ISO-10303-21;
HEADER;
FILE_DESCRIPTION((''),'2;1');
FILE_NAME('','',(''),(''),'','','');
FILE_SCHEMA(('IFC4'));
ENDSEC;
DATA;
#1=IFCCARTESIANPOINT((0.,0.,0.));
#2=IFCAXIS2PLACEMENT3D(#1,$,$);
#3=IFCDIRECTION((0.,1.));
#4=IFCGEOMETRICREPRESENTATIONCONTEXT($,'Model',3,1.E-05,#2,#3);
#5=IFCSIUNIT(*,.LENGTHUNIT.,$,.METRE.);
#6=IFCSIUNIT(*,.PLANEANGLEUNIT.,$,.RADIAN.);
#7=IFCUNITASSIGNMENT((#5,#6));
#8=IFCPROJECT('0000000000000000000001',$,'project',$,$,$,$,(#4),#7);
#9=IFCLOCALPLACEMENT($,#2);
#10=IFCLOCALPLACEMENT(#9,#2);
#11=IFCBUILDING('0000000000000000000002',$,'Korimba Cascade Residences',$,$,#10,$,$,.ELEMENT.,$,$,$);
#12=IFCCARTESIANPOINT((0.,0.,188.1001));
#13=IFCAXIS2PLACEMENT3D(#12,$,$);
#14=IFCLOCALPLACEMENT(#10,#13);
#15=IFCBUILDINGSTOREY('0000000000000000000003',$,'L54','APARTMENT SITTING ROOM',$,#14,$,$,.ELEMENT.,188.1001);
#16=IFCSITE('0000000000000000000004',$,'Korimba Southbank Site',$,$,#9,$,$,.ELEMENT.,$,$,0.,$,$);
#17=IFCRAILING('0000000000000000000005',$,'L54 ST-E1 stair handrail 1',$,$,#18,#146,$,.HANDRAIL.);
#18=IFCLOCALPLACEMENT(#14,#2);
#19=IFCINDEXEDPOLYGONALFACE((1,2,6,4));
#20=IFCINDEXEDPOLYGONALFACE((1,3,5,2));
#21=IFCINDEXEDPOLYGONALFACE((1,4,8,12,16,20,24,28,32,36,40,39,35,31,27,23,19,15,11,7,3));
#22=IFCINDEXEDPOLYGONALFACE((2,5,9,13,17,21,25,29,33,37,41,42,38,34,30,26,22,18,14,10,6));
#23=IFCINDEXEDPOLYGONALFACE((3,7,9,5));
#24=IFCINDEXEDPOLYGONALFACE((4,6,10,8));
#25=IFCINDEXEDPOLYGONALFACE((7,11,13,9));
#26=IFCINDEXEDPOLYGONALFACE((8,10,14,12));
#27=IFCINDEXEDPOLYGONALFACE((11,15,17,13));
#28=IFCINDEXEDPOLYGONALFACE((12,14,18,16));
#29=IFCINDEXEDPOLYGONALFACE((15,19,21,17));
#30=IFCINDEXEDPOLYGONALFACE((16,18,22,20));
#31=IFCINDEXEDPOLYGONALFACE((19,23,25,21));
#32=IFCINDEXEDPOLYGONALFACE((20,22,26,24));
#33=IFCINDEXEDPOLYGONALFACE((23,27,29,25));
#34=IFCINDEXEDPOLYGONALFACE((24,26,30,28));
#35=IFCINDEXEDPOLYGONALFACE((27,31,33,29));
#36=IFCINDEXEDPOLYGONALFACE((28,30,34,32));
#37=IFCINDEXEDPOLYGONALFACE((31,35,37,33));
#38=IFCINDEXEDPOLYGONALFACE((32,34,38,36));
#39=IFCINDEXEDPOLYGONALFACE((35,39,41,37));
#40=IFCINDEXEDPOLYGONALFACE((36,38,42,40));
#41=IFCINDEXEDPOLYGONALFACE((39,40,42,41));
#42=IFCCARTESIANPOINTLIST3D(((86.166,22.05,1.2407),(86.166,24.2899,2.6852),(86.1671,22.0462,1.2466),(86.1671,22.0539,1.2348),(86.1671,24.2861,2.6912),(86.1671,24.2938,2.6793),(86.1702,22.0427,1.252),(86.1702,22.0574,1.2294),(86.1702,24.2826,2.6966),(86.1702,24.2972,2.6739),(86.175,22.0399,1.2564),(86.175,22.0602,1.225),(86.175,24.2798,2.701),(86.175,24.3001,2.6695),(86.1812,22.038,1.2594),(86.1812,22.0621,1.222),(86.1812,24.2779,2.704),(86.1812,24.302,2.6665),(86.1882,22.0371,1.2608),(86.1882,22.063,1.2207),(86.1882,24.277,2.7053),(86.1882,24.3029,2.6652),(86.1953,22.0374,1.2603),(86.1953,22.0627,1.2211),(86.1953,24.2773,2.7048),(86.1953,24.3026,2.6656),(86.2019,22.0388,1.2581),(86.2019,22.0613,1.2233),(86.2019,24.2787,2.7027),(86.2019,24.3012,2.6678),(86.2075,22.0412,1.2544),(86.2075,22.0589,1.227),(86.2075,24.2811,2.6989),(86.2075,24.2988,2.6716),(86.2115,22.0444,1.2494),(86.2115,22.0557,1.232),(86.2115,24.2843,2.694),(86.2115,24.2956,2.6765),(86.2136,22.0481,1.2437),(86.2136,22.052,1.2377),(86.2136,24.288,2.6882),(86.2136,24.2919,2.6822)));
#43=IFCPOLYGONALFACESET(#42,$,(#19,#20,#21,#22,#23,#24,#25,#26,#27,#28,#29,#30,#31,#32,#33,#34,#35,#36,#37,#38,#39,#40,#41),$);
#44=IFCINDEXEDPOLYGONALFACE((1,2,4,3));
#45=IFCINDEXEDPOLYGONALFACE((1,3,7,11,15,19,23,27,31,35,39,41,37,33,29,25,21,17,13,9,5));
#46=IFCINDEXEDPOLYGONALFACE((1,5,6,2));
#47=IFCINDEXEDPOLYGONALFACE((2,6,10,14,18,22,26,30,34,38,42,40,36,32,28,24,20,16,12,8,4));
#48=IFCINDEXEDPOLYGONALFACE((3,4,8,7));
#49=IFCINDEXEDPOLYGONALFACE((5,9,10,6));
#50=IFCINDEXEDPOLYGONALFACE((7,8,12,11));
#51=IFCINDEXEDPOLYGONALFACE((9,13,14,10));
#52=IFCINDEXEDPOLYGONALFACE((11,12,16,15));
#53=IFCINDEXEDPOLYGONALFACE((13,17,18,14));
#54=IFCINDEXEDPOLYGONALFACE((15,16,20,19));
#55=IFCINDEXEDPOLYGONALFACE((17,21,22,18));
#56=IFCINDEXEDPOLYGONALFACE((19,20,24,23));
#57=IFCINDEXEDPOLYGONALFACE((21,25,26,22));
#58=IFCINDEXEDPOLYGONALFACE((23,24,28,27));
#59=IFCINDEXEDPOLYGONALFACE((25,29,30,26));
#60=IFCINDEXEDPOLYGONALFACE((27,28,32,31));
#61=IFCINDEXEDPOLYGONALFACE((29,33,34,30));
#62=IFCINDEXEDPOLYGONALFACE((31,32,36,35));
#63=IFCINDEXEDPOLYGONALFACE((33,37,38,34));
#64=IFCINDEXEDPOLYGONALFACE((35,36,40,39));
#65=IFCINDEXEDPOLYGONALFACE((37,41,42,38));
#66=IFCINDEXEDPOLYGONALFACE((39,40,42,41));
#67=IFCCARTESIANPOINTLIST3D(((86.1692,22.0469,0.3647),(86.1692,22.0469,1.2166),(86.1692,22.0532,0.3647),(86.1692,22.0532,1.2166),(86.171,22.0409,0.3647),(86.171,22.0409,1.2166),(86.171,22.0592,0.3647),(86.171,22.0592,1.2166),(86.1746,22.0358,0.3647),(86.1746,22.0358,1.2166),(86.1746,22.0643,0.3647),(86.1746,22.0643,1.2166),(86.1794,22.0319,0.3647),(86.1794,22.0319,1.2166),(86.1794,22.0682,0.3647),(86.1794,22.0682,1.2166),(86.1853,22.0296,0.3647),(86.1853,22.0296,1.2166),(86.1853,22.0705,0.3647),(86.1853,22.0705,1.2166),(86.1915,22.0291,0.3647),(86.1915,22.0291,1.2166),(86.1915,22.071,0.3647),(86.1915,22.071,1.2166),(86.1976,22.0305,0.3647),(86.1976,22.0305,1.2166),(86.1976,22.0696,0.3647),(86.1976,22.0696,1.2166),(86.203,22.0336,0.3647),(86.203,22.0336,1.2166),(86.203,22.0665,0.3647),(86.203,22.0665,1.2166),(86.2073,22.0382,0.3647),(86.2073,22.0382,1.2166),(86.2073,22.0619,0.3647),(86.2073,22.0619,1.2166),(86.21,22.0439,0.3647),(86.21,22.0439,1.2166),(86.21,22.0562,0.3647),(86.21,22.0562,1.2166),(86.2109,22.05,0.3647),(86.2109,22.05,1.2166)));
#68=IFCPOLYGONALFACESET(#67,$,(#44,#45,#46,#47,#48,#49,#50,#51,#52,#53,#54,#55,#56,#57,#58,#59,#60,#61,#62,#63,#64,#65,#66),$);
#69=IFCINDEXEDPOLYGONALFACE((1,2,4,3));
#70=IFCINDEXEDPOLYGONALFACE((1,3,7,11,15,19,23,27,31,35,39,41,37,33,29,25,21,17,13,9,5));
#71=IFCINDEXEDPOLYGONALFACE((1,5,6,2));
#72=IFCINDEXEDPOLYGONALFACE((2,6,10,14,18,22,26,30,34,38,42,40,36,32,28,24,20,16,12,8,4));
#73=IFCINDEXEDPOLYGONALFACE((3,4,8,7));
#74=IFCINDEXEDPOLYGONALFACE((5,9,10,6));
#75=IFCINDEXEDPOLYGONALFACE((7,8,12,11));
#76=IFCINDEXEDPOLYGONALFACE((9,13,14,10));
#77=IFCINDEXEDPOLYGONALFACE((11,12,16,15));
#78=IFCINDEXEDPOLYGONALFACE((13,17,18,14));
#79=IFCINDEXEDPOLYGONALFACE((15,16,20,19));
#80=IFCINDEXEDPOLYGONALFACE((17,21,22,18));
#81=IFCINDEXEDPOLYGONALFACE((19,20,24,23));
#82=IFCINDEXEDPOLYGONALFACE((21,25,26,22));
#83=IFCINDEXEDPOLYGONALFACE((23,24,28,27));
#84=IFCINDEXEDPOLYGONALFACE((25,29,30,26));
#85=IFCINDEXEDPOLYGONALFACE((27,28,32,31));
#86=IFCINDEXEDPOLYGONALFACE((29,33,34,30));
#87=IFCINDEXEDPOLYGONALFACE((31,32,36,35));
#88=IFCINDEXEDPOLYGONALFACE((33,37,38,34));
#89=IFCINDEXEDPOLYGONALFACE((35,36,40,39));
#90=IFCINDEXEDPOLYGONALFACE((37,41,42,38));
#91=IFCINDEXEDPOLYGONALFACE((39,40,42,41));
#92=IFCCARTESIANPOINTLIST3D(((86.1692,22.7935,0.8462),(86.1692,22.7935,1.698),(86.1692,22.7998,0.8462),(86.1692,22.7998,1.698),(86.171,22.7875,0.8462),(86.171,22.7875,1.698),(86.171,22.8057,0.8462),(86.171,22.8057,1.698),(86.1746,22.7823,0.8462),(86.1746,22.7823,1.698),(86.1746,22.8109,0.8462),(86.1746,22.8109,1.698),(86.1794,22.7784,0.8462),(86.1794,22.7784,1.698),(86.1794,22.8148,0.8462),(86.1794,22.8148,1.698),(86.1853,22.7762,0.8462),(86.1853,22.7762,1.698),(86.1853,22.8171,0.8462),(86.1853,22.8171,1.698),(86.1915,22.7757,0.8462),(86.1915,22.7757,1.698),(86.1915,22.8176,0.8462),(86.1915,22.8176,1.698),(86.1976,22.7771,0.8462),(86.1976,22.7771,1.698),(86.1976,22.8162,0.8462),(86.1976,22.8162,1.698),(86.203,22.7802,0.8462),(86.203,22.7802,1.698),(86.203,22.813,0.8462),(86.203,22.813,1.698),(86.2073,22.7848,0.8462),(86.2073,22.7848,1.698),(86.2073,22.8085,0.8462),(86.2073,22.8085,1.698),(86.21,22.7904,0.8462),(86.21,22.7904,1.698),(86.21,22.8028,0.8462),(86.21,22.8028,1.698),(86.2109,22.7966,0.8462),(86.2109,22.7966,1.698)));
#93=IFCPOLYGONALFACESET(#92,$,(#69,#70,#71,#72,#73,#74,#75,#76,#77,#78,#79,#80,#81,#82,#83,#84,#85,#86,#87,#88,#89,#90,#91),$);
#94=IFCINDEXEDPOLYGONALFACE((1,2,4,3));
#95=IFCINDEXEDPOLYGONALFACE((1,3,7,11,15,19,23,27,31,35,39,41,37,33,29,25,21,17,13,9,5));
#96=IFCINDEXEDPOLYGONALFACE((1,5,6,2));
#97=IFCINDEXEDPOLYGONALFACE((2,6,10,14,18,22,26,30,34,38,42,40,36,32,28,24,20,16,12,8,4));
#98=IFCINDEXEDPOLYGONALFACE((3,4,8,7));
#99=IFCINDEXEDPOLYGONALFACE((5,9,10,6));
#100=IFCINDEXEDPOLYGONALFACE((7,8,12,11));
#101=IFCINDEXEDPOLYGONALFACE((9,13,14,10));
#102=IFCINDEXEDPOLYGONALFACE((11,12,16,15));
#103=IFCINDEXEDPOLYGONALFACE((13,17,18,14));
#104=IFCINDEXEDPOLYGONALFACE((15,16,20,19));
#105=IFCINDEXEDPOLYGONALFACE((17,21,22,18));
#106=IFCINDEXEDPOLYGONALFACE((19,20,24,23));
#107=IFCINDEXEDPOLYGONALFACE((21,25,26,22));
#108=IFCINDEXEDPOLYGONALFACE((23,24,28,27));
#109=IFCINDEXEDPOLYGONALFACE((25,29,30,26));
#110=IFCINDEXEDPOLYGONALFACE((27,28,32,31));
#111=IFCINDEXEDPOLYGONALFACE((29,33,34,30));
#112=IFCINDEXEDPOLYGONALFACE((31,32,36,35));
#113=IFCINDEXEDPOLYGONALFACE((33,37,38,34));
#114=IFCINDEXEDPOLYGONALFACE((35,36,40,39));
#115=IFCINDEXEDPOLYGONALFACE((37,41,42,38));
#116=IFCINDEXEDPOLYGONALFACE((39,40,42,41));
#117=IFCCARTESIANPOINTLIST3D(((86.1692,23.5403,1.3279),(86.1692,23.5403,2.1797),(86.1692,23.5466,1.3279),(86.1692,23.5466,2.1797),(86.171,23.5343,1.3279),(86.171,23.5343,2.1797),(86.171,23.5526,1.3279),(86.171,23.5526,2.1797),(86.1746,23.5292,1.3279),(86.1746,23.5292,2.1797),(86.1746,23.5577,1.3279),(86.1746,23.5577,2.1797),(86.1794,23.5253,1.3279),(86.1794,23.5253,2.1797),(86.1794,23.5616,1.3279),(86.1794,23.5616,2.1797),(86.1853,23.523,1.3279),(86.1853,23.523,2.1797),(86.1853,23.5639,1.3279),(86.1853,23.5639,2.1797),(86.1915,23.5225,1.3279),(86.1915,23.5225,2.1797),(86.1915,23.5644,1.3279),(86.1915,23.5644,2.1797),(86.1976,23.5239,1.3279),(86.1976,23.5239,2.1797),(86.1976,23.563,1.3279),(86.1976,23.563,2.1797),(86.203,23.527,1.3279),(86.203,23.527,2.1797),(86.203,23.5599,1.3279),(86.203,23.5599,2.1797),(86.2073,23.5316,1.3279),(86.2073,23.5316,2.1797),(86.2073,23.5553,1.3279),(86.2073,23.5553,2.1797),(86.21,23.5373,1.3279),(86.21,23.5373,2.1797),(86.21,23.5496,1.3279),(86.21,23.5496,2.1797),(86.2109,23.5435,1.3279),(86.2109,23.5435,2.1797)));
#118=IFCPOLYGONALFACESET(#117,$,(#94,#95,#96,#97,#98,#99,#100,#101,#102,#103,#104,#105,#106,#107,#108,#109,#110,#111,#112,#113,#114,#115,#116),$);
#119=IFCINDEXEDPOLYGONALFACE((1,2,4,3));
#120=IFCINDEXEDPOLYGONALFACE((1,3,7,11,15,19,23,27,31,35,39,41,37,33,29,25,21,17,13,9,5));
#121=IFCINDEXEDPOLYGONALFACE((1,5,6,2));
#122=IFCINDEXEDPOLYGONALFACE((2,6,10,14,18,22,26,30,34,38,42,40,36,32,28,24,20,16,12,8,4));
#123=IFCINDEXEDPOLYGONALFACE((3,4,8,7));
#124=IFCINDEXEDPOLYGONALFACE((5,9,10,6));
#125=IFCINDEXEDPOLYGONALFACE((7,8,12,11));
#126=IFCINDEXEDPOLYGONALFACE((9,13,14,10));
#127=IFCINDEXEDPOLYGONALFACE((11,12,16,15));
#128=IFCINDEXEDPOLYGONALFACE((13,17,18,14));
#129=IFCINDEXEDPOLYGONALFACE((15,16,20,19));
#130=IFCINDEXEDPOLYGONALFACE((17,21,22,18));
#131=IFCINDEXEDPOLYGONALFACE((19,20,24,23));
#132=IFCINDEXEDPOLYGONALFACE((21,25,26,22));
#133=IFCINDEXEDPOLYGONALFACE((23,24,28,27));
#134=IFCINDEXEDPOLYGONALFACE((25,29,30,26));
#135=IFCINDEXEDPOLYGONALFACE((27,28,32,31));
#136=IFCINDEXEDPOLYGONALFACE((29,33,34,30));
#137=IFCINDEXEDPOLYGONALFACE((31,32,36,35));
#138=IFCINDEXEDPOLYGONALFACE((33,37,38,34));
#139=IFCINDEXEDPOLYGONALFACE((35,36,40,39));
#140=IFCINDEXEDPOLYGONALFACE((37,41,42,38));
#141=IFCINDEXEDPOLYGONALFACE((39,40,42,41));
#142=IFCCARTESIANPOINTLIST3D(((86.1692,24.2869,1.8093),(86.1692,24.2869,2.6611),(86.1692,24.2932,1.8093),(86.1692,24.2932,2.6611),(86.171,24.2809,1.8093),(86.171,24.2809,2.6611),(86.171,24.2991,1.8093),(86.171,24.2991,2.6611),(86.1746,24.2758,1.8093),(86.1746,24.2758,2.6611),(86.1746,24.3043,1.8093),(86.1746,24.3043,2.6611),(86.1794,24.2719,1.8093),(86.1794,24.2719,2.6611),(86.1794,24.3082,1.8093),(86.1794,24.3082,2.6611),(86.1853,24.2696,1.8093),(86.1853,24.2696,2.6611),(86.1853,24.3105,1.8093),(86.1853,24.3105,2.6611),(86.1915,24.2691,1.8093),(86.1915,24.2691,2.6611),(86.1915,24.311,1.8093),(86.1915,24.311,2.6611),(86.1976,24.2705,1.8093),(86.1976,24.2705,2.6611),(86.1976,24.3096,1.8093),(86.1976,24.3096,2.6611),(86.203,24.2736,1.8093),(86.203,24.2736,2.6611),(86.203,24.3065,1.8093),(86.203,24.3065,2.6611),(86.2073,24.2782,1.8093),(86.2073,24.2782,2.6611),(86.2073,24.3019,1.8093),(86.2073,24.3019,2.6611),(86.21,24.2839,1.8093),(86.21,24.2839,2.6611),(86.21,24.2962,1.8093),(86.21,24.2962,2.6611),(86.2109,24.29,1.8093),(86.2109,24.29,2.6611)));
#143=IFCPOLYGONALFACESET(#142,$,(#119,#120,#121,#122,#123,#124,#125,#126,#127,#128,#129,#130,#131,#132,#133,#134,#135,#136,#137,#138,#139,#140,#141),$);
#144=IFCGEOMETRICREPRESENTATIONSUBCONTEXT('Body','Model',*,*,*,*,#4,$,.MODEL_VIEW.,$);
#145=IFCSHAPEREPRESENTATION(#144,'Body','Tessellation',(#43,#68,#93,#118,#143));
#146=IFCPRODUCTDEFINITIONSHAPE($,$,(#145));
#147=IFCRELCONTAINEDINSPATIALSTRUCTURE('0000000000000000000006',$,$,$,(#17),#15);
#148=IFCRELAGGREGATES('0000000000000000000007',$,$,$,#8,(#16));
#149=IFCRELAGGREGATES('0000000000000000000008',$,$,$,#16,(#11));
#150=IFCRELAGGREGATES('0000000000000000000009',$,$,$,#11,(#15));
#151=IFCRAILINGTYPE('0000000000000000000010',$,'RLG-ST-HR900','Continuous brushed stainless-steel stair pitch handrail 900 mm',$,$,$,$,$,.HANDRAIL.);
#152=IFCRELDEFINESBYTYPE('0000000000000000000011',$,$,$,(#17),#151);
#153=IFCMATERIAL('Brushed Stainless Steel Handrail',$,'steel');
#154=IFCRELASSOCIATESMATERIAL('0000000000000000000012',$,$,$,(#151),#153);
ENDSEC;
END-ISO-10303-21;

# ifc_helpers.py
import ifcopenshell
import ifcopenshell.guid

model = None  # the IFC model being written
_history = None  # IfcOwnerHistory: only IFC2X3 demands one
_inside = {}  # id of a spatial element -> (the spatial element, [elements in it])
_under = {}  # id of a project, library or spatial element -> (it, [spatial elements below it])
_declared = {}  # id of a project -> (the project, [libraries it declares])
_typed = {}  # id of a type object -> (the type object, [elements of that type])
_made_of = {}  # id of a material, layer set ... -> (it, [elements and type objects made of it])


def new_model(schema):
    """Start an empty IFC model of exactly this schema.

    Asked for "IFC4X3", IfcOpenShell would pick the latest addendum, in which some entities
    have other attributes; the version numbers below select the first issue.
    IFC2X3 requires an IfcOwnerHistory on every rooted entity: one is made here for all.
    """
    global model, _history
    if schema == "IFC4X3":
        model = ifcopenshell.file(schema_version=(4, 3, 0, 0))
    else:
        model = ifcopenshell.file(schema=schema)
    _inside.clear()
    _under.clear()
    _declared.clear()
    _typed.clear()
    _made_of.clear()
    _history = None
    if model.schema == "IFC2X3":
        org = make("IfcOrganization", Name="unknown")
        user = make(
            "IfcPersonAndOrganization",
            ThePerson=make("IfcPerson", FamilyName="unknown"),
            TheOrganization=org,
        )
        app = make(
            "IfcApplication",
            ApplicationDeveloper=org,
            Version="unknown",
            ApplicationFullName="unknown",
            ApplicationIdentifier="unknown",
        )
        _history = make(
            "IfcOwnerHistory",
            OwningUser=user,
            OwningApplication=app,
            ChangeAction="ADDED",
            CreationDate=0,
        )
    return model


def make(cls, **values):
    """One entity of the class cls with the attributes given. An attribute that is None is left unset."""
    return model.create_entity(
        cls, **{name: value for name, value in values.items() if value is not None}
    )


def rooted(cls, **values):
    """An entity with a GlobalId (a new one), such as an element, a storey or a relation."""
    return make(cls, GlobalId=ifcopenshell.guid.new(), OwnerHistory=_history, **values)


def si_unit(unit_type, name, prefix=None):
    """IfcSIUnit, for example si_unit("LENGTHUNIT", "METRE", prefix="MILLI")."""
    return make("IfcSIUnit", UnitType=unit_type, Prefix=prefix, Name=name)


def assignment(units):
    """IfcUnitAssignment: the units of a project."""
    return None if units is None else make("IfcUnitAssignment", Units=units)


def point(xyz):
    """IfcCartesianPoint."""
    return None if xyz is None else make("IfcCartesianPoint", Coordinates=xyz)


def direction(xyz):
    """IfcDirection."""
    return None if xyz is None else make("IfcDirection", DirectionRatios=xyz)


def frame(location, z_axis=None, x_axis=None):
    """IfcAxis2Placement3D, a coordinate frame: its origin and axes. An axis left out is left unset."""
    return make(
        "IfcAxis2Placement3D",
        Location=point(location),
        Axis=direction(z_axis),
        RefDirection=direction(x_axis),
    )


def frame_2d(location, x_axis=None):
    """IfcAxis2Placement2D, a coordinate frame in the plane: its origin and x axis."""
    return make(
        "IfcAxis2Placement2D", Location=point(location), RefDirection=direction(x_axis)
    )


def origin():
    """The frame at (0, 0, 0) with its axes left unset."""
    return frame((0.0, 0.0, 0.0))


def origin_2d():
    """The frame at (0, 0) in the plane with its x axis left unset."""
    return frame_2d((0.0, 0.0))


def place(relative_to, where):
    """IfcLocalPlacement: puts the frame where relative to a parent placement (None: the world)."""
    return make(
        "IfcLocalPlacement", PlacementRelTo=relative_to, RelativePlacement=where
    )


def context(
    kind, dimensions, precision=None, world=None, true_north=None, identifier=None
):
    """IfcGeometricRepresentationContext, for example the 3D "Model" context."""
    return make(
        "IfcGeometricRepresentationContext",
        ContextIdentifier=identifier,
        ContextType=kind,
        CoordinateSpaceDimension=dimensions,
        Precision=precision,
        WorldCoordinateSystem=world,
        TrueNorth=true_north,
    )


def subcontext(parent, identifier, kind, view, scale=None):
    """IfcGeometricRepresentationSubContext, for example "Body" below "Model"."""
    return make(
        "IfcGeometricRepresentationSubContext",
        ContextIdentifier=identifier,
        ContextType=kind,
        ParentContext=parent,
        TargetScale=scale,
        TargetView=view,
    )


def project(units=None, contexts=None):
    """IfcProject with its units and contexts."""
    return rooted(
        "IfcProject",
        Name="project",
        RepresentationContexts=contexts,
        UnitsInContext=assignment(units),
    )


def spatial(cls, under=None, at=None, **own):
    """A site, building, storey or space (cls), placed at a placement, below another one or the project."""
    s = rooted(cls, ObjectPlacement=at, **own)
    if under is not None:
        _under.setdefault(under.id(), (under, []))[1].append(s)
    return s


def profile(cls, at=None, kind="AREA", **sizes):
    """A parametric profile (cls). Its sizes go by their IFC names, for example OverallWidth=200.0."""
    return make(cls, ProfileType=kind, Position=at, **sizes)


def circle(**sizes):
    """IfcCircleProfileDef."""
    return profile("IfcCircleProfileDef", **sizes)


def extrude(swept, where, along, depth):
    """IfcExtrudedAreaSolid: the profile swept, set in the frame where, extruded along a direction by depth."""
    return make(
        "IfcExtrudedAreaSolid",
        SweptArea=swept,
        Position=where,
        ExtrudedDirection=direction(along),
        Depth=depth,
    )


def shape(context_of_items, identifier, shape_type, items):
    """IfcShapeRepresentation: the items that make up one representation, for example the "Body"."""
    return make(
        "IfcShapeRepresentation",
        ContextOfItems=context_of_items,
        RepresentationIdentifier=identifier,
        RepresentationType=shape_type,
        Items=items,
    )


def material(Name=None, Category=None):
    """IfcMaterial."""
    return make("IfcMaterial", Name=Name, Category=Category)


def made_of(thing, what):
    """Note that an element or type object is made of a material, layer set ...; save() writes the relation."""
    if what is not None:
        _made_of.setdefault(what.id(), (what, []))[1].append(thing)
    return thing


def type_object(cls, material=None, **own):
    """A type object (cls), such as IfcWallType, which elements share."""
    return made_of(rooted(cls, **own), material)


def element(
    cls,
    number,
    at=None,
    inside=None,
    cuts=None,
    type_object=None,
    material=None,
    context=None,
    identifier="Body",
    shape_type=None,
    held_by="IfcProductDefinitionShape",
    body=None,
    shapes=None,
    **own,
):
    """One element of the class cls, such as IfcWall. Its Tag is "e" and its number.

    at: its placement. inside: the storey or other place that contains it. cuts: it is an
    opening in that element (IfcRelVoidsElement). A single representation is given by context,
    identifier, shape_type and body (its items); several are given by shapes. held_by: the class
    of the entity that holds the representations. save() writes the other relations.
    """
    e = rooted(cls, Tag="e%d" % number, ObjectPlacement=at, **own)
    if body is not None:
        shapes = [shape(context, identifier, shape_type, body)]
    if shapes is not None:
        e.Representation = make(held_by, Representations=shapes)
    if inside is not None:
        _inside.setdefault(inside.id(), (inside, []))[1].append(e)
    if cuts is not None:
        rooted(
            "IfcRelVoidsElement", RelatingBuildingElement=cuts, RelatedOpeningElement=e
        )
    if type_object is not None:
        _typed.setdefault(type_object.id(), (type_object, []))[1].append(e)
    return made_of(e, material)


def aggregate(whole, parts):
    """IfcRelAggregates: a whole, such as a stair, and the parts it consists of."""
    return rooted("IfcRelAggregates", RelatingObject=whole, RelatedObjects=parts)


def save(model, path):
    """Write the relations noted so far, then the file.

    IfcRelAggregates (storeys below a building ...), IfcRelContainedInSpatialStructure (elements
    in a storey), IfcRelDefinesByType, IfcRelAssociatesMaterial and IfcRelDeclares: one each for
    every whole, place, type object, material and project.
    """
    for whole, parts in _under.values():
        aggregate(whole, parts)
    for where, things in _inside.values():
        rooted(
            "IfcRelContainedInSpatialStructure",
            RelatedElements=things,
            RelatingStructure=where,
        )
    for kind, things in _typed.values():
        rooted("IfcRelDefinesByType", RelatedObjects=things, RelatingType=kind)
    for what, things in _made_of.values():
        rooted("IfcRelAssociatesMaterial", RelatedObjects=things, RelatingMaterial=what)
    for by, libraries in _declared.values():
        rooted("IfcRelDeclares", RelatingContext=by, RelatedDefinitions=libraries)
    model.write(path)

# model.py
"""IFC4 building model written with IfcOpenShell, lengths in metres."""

from ifc_helpers import new_model, si_unit, direction, frame, origin, origin_2d, place, context, subcontext, project, spatial, circle, extrude, material, type_object, element, save


model = new_model("IFC4")

# Units and contexts
model_context = context("Model", 3, precision=1e-05, world=origin(), true_north=direction((0.0, 1.0)))
body_context = subcontext(model_context, "Body", "Model", "MODEL_VIEW")
ifc_project = project(units=[si_unit("LENGTHUNIT", "METRE"), si_unit("PLANEANGLEUNIT", "RADIAN")], contexts=[model_context])

# Site, building, storey
site_placement = place(None, origin())
site = spatial("IfcSite", under=ifc_project, at=site_placement, Name="Korimba Southbank Site", CompositionType="ELEMENT", RefElevation=0.0)
building_placement = place(site_placement, origin())
building = spatial("IfcBuilding", under=site, at=building_placement, Name="Korimba Cascade Residences", CompositionType="ELEMENT")
storey_placement = place(building_placement, frame((0.0, 0.0, 188.1001)))
storey = spatial("IfcBuildingStorey", under=building, at=storey_placement, Name="L54", Description="APARTMENT SITTING ROOM", CompositionType="ELEMENT", Elevation=188.1001)

# Railing
ifc_material_1 = material(Name="Brushed Stainless Steel Handrail", Category="steel")
railing_type = type_object("IfcRailingType", Name="RLG-ST-HR900", Description="Continuous brushed stainless-steel stair pitch handrail 900 mm", PredefinedType="HANDRAIL", material=ifc_material_1)
railing_placement = place(storey_placement, frame((86.1899, 22.05, 0.3647)))
element("IfcRailing", 1, at=railing_placement, inside=storey, type_object=railing_type, Name="L54 ST-E1 stair handrail 1", PredefinedType="HANDRAIL", context=body_context, shape_type="SweptSolid", body=[
    extrude(circle(Radius=0.0239, at=origin_2d()), frame((0.0, 0.0, 0.876), z_axis=(0.0, 0.840395, 0.541975), x_axis=(-1.0, 0.0, 0.0)), (0.0, 0.0, 1.0), 2.6653),
    extrude(circle(Radius=0.021, at=origin_2d()), origin(), (0.0, 0.0, 1.0), 0.8518),
    extrude(circle(Radius=0.021, at=origin_2d()), frame((0.0, 0.7466, 0.4814)), (0.0, 0.0, 1.0), 0.8518),
    extrude(circle(Radius=0.021, at=origin_2d()), frame((0.0, 1.4934, 0.9631)), (0.0, 0.0, 1.0), 0.8518),
    extrude(circle(Radius=0.021, at=origin_2d()), frame((0.0, 2.24, 1.4446)), (0.0, 0.0, 1.0), 0.8518),
])

save(model, "model.ifc")
